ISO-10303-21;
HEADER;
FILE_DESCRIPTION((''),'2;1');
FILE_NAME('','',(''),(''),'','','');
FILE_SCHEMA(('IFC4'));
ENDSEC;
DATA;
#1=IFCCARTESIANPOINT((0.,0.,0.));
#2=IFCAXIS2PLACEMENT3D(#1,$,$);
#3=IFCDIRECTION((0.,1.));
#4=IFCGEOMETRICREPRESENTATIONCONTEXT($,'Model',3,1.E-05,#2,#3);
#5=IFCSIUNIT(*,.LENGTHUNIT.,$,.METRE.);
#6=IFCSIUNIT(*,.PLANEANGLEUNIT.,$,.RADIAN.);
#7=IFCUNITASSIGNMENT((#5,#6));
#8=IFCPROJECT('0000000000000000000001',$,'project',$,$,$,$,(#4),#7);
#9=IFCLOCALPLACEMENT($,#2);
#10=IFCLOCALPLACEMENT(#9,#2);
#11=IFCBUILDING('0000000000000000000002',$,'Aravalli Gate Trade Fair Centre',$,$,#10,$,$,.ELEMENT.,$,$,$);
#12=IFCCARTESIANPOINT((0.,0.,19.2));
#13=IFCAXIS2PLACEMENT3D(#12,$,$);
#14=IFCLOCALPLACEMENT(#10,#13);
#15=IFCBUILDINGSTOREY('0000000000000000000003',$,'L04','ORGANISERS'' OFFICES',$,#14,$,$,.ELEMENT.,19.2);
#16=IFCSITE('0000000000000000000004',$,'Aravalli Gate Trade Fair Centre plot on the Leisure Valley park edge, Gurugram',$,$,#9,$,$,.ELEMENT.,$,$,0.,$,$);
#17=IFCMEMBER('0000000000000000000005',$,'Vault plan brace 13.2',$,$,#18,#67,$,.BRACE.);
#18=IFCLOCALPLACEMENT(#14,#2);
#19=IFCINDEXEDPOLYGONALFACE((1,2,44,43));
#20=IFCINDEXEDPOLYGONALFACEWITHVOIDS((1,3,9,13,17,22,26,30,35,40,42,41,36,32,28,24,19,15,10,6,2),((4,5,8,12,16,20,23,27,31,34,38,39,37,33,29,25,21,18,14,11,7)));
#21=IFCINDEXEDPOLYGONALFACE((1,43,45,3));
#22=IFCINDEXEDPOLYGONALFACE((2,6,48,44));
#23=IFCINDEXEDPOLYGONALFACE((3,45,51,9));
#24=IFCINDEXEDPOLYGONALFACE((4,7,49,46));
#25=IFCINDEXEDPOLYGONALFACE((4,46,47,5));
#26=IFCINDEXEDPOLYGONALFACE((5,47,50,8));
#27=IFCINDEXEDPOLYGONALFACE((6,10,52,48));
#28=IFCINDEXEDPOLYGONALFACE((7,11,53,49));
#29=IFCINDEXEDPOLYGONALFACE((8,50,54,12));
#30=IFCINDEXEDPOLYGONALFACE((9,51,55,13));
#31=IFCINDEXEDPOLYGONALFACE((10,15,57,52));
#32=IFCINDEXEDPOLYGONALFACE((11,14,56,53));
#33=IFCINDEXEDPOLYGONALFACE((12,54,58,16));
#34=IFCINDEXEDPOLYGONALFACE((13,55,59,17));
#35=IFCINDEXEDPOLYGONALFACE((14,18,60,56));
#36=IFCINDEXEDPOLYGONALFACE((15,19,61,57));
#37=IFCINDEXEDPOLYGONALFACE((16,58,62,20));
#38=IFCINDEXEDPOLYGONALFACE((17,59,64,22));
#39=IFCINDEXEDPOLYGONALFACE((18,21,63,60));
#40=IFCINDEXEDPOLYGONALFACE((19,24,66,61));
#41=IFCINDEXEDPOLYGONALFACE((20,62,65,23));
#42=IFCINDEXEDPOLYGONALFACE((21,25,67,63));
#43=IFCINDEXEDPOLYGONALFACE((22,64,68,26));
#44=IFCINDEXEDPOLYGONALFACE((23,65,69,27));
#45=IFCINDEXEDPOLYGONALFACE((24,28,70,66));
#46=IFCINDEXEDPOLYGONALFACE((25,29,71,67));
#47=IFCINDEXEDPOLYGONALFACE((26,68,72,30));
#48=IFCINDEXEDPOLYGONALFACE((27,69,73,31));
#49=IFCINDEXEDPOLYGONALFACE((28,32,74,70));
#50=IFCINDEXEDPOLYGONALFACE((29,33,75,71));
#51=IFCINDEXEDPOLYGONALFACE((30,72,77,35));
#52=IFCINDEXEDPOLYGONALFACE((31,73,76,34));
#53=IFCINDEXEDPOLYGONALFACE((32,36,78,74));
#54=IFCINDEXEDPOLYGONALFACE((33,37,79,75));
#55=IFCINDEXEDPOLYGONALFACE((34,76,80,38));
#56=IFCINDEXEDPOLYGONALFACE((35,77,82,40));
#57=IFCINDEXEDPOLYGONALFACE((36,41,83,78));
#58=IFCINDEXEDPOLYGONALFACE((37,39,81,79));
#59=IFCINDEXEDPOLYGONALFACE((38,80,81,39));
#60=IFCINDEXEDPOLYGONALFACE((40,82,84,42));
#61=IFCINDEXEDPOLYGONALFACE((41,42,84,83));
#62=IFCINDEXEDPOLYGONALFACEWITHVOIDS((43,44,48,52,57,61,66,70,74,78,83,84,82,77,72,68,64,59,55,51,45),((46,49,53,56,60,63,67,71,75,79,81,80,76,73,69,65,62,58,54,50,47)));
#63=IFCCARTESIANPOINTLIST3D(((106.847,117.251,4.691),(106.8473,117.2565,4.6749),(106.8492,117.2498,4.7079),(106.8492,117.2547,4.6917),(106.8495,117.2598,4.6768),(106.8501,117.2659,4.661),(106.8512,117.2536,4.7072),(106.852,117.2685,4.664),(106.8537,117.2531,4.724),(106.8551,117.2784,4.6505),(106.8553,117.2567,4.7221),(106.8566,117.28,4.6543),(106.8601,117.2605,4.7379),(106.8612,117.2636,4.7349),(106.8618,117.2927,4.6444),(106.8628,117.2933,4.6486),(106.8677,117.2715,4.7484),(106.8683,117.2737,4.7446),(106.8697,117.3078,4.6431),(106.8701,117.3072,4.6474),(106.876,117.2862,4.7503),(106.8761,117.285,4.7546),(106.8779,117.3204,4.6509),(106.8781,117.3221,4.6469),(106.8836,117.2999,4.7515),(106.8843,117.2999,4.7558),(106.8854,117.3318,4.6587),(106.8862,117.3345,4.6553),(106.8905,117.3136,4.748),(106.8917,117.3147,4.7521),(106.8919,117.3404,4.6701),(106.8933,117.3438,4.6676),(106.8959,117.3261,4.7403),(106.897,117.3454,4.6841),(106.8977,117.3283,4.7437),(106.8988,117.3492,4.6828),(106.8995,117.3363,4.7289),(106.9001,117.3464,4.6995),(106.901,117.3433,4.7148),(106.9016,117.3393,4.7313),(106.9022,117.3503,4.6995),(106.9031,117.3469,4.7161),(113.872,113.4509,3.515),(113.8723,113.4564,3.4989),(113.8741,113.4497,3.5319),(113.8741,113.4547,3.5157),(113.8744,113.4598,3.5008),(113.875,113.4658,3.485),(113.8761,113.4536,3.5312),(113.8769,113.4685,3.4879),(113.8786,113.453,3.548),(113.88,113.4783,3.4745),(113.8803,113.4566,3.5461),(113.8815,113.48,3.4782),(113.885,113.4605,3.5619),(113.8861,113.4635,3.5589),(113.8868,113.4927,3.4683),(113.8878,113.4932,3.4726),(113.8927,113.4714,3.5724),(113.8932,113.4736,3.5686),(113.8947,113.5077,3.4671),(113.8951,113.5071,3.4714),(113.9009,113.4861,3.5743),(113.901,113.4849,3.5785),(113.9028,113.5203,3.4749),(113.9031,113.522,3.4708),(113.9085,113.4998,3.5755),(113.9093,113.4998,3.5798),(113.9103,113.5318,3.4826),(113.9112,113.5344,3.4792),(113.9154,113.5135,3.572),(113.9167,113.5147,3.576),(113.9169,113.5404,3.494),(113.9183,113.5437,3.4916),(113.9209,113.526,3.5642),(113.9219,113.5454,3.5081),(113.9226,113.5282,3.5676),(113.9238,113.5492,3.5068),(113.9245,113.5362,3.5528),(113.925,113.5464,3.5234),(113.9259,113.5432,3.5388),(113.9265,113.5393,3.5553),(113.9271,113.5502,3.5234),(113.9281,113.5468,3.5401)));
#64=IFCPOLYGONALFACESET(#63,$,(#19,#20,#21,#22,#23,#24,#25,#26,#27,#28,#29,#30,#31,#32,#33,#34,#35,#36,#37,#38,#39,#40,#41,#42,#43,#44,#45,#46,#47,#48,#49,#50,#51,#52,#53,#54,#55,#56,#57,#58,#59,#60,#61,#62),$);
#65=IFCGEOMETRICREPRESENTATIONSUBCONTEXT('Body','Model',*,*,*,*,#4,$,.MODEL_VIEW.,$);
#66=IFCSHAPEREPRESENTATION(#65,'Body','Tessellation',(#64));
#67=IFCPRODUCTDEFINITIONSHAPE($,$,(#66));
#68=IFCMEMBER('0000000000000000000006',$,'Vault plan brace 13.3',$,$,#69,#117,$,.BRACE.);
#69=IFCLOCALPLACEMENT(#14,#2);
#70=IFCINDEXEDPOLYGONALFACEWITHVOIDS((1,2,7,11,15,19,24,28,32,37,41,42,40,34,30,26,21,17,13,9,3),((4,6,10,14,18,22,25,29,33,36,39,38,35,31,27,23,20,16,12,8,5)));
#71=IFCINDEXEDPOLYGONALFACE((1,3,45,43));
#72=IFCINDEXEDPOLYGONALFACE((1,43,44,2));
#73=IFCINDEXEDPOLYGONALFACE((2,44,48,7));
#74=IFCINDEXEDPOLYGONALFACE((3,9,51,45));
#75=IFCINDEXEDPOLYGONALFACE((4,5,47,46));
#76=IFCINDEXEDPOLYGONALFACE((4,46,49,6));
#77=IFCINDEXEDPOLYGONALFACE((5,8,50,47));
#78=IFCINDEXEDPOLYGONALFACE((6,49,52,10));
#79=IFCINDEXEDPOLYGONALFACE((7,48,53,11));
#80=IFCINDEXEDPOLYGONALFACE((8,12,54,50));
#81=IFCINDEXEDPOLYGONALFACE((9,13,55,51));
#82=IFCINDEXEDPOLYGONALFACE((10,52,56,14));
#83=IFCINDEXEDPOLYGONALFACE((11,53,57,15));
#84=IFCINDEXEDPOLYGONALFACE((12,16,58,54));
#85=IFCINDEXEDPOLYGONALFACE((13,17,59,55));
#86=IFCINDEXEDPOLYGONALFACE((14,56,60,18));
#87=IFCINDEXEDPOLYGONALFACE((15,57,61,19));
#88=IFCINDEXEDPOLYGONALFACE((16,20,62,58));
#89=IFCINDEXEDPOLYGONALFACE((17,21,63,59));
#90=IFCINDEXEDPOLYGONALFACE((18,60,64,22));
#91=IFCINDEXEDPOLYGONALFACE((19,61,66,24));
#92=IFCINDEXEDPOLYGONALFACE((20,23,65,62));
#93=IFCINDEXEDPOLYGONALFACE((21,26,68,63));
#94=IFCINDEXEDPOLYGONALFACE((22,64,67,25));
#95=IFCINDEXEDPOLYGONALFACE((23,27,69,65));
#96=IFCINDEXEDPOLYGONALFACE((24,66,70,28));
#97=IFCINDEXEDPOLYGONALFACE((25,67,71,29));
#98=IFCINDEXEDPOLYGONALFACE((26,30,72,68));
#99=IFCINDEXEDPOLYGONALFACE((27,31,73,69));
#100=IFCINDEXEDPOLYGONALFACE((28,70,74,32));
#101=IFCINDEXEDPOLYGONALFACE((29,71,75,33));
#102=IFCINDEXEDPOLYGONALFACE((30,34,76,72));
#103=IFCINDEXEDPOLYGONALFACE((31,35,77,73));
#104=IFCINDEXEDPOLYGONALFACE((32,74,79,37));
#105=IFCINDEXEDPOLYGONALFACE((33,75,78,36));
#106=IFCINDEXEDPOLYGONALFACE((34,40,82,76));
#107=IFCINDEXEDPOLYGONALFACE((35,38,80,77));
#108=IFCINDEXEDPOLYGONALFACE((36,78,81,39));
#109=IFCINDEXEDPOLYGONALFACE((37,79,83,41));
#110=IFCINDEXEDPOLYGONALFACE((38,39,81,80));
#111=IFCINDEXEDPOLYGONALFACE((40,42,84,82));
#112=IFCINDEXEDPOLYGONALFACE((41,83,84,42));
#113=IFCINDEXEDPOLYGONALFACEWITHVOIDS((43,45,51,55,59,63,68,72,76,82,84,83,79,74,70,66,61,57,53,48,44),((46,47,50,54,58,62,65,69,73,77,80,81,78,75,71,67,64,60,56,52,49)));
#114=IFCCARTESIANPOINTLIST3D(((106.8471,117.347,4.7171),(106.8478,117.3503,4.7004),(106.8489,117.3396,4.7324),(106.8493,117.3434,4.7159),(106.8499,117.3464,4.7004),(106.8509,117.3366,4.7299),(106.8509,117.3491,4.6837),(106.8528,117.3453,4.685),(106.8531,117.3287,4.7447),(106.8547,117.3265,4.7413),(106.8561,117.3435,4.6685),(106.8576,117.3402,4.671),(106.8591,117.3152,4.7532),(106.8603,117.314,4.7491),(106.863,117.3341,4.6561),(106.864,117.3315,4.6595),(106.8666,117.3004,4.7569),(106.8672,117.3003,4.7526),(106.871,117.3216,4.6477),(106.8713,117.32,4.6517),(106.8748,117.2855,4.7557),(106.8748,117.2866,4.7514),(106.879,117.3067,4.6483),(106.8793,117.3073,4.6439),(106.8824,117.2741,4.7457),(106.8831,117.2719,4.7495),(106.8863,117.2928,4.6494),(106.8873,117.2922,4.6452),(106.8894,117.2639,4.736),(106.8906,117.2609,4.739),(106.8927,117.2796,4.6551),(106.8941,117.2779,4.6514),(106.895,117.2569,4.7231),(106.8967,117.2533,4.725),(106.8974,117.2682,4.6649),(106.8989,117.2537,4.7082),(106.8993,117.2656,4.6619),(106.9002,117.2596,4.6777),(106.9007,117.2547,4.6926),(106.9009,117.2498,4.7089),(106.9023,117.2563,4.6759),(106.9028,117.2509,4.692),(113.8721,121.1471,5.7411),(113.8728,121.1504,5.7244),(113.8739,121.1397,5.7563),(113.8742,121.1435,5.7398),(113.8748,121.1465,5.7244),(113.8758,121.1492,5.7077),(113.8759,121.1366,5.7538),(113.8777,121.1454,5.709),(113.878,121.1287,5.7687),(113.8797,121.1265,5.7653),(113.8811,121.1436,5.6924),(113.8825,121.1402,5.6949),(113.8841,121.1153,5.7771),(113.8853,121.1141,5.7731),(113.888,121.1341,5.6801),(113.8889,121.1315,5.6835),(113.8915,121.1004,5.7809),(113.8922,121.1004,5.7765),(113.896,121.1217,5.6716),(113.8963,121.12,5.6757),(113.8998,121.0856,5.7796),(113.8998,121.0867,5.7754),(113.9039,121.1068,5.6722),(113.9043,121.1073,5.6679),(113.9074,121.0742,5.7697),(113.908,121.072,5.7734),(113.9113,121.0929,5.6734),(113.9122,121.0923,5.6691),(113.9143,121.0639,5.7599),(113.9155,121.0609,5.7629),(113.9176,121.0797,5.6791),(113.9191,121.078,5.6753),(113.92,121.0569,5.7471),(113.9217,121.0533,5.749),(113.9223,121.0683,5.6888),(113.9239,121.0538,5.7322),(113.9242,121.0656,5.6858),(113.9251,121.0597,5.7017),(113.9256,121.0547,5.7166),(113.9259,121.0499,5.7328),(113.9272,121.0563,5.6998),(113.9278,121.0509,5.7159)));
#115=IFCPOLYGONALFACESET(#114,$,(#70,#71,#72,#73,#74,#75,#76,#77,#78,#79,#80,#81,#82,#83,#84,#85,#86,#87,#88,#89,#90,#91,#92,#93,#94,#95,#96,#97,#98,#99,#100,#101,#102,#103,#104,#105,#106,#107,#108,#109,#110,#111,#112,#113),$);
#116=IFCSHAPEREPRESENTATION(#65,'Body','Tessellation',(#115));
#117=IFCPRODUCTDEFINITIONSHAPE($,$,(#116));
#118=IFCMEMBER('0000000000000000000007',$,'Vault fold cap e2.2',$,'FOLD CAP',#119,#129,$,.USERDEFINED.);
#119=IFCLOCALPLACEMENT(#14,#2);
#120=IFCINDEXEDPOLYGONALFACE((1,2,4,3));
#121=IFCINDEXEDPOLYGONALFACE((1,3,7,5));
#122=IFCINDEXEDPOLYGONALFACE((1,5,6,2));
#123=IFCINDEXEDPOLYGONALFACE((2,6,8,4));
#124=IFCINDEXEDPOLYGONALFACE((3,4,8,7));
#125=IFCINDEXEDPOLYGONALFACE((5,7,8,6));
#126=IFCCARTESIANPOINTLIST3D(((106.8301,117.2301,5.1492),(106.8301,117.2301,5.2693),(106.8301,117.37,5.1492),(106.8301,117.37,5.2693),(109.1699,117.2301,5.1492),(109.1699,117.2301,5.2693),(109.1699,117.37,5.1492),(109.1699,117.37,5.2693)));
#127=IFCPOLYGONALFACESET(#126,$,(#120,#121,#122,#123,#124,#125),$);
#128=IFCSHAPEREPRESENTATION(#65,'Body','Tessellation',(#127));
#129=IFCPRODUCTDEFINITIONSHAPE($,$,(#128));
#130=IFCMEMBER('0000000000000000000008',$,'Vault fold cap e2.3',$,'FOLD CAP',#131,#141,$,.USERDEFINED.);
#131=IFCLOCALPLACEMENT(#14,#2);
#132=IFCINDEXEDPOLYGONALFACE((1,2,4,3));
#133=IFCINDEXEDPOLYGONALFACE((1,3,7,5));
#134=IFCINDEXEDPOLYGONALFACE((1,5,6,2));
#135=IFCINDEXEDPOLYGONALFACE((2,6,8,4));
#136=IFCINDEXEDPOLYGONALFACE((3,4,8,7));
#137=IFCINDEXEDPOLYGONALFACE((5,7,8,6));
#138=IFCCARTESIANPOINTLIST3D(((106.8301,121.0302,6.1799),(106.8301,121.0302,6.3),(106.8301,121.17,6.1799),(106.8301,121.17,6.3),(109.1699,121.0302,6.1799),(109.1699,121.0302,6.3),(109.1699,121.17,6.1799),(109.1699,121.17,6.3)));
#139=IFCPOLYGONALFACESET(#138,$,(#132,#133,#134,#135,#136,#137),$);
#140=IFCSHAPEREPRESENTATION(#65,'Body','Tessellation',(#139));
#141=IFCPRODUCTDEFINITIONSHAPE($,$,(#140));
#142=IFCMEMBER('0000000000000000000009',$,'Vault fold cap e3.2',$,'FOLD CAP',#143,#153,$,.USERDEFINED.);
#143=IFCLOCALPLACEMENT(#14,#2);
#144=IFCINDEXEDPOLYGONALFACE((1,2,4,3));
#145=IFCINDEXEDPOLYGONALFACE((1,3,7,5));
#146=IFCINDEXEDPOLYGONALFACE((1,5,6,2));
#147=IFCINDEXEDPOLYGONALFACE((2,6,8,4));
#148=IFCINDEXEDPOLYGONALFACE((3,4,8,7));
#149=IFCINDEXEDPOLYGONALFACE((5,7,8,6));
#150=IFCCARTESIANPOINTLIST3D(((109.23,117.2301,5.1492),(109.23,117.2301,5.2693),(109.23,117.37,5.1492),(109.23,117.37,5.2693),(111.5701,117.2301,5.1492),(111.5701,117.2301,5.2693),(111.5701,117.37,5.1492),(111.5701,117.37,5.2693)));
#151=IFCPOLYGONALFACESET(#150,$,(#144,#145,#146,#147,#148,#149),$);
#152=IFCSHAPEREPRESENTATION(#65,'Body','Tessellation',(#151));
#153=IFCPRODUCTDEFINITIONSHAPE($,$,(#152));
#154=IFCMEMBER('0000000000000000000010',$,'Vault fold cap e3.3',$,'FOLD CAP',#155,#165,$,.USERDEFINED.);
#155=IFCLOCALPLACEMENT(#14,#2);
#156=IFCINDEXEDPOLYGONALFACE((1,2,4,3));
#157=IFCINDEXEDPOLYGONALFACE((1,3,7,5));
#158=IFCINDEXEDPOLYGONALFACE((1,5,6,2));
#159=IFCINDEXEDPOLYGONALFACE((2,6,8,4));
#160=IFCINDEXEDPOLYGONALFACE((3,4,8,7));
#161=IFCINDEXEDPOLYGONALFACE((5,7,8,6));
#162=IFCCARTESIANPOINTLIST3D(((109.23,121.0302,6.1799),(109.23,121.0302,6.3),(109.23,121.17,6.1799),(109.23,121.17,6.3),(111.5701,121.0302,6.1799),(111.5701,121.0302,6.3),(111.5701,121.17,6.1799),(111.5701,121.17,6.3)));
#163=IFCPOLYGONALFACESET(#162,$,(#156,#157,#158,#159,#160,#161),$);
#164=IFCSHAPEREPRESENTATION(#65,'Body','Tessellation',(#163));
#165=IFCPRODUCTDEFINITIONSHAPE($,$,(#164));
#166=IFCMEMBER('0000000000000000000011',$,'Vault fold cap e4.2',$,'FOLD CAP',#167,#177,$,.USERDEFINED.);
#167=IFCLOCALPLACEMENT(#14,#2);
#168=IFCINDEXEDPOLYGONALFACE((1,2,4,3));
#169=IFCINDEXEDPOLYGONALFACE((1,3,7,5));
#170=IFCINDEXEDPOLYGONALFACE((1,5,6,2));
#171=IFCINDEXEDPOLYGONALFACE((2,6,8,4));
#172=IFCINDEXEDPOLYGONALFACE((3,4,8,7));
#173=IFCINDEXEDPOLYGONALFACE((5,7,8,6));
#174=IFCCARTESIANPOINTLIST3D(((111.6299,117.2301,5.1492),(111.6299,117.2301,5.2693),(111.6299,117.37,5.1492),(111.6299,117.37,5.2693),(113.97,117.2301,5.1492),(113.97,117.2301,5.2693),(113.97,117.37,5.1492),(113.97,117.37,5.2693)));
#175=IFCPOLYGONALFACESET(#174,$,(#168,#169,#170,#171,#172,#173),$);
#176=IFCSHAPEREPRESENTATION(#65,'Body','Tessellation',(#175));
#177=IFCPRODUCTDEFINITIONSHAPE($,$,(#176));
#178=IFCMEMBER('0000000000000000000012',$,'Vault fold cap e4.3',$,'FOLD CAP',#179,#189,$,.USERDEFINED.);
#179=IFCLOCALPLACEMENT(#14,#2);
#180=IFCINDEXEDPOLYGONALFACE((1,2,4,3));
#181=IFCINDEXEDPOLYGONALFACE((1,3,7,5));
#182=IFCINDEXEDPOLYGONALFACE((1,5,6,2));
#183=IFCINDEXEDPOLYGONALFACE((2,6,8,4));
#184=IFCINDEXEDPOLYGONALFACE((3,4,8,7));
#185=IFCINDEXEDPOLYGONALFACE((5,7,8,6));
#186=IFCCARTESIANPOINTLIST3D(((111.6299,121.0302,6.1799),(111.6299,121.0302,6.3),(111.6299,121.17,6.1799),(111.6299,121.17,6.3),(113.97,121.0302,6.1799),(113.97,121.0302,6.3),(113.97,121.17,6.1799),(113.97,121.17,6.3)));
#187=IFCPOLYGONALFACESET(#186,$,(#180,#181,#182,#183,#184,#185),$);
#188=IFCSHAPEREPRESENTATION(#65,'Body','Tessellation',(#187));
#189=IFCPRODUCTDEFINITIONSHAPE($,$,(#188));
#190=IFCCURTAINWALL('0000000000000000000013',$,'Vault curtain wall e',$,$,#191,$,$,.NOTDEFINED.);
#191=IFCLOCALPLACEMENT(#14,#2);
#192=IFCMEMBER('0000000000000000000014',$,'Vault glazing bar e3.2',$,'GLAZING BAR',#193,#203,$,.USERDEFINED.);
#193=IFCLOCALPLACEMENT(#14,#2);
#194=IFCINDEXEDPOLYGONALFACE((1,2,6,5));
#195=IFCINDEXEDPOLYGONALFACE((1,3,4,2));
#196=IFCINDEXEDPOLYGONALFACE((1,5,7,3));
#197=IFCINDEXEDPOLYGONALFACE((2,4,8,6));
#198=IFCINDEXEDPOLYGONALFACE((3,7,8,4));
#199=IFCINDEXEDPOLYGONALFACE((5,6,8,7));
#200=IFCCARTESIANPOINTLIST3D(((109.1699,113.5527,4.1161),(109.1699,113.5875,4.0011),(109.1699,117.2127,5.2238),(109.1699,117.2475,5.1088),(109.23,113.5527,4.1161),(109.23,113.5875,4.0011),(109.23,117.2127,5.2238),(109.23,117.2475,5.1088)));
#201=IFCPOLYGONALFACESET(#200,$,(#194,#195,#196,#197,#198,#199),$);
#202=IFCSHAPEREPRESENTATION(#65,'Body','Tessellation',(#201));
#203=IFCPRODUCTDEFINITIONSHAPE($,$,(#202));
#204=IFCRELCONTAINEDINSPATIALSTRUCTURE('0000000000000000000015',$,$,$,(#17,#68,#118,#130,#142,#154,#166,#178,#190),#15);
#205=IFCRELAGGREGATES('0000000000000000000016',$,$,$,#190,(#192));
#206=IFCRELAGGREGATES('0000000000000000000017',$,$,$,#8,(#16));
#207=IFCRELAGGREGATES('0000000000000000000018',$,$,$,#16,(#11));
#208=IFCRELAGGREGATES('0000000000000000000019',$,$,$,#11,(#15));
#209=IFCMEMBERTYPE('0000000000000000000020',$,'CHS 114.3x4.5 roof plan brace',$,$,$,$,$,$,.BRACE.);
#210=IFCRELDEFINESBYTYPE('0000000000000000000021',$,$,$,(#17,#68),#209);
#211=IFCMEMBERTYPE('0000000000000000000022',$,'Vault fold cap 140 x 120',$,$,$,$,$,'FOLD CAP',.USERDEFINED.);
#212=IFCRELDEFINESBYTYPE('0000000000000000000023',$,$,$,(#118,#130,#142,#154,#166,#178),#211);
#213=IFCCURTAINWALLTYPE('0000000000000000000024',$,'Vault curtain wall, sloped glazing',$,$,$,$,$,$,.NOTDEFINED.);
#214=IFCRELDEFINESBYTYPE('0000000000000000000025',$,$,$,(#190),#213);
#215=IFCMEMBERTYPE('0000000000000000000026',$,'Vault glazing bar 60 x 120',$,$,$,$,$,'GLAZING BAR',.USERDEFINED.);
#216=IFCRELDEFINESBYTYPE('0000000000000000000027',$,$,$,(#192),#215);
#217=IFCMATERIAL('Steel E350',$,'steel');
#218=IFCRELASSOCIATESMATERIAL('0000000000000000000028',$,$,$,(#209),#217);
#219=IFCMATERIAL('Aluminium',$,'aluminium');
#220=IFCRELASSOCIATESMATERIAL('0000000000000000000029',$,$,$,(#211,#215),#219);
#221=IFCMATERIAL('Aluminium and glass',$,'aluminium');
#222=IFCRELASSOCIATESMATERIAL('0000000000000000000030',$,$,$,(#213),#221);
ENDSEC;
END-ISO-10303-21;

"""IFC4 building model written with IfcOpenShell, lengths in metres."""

from ifc_helpers import new_model, si_unit, direction, frame, origin, origin_2d, place, context, subcontext, project, spatial, rectangle, hollow_circle, extrude, material, material_profile, profile_set, type_object, element, aggregate, save


model = new_model("IFC4")

# Units and contexts
model_context = context("Model", 3, precision=1e-05, world=origin(), true_north=direction((0.0, 1.0)))
body_context = subcontext(model_context, "Body", "Model", "MODEL_VIEW")
ifc_project = project(units=[si_unit("LENGTHUNIT", "METRE"), si_unit("PLANEANGLEUNIT", "RADIAN")], contexts=[model_context])

# Site, building, storey
site_placement = place(None, origin())
site = spatial("IfcSite", under=ifc_project, at=site_placement, Name="Aravalli Gate Trade Fair Centre plot on the Leisure Valley park edge, Gurugram", CompositionType="ELEMENT", RefElevation=0.0)
building_placement = place(site_placement, origin())
building = spatial("IfcBuilding", under=site, at=building_placement, Name="Aravalli Gate Trade Fair Centre", CompositionType="ELEMENT")
storey_placement = place(building_placement, frame((0.0, 0.0, 19.2)))
storey = spatial("IfcBuildingStorey", under=building, at=storey_placement, Name="L04", Description="ORGANISERS' OFFICES", CompositionType="ELEMENT", Elevation=19.2)

# Members
ifc_material_1 = material(Name="Steel E350", Category="steel")
ifc_material_profile_1 = material_profile(ifc_material_1, hollow_circle(Radius=0.0571, WallThickness=0.0044, at=origin_2d()), Name="CHS 114.3x4.5")
ifc_profile_set_1 = profile_set([ifc_material_profile_1], Name="Steel E350")
member_type_1 = type_object("IfcMemberType", Name="CHS 114.3x4.5 roof plan brace", PredefinedType="BRACE", material=ifc_profile_set_1)
member_1_placement = place(storey_placement, frame((106.875, 117.3, 4.6995), z_axis=(0.870177, -0.470713, -0.145675), x_axis=(0.475789, 0.87956, 0.0)))
element("IfcMember", 1, at=member_1_placement, inside=storey, type_object=member_type_1, Name="Vault plan brace 13.2", PredefinedType="BRACE", context=body_context, shape_type="SweptSolid", body=[
    extrude(hollow_circle(Radius=0.0571, WallThickness=0.0044, at=origin_2d()), origin(), (0.0, 0.0, 1.0), 8.073),
])
member_2_placement = place(storey_placement, frame((106.875, 117.3, 4.7004), z_axis=(0.872419, 0.471926, 0.127161), x_axis=(-0.475789, 0.87956, 0.0)))
element("IfcMember", 2, at=member_2_placement, inside=storey, type_object=member_type_1, Name="Vault plan brace 13.3", PredefinedType="BRACE", context=body_context, shape_type="SweptSolid", body=[
    extrude(hollow_circle(Radius=0.0571, WallThickness=0.0044, at=origin_2d()), origin(), (0.0, 0.0, 1.0), 8.0522),
])
ifc_material_2 = material(Name="Aluminium", Category="aluminium")
ifc_material_profile_2 = material_profile(ifc_material_2, rectangle(XDim=0.1399, YDim=0.1201, at=origin_2d()), Name="Vault fold cap 140 x 120")
ifc_profile_set_2 = profile_set([ifc_material_profile_2], Name="Aluminium")
member_type_2 = type_object("IfcMemberType", Name="Vault fold cap 140 x 120", ElementType="FOLD CAP", PredefinedType="USERDEFINED", material=ifc_profile_set_2)
for number, where, z_axis, x_axis, name in (
    (3, (106.8301, 117.3, 5.2092), (1.0, 0.0, 0.0), (0.0, 1.0, 0.0), "Vault fold cap e2.2"),
    (4, (106.8301, 121.1001, 6.24), (1.0, 0.0, 0.0), (0.0, 1.0, 0.0), "Vault fold cap e2.3"),
):
    element("IfcMember", number, at=place(storey_placement, frame(where, z_axis=z_axis, x_axis=x_axis)), inside=storey, type_object=member_type_2, Name=name, ObjectType="FOLD CAP", PredefinedType="USERDEFINED", context=body_context, shape_type="SweptSolid", body=[
        extrude(rectangle(XDim=0.1399, YDim=0.1201, at=origin_2d()), origin(), (0.0, 0.0, 1.0), 2.3398),
    ])
for number, where, z_axis, x_axis, name in (
    (5, (109.23, 117.3, 5.2092), (1.0, 0.0, 0.0), (0.0, 1.0, 0.0), "Vault fold cap e3.2"),
    (6, (109.23, 121.1001, 6.24), (1.0, 0.0, 0.0), (0.0, 1.0, 0.0), "Vault fold cap e3.3"),
    (7, (111.6299, 117.3, 5.2092), (1.0, 0.0, 0.0), (0.0, 1.0, 0.0), "Vault fold cap e4.2"),
    (8, (111.6299, 121.1001, 6.24), (1.0, 0.0, 0.0), (0.0, 1.0, 0.0), "Vault fold cap e4.3"),
):
    element("IfcMember", number, at=place(storey_placement, frame(where, z_axis=z_axis, x_axis=x_axis)), inside=storey, type_object=member_type_2, Name=name, ObjectType="FOLD CAP", PredefinedType="USERDEFINED", context=body_context, shape_type="SweptSolid", body=[
        extrude(rectangle(XDim=0.1399, YDim=0.1201, at=origin_2d()), origin(), (0.0, 0.0, 1.0), 2.3401),
    ])

# Curtain wall, member
ifc_material_3 = material(Name="Aluminium and glass", Category="aluminium")
curtain_wall_type = type_object("IfcCurtainWallType", Name="Vault curtain wall, sloped glazing", PredefinedType="NOTDEFINED", material=ifc_material_3)
curtain_wall_placement = place(storey_placement, origin())
curtain_wall = element("IfcCurtainWall", 9, at=curtain_wall_placement, inside=storey, type_object=curtain_wall_type, Name="Vault curtain wall e", PredefinedType="NOTDEFINED")
ifc_material_profile_3 = material_profile(ifc_material_2, rectangle(XDim=0.0601, YDim=0.1201, at=origin_2d()), Name="Vault glazing bar 60 x 120")
ifc_profile_set_3 = profile_set([ifc_material_profile_3], Name="Aluminium")
member_type_3 = type_object("IfcMemberType", Name="Vault glazing bar 60 x 120", ElementType="GLAZING BAR", PredefinedType="USERDEFINED", material=ifc_profile_set_3)
member_3_placement = place(storey_placement, frame((109.2, 113.5701, 4.0586), z_axis=(0.0, 0.957126, 0.289672), x_axis=(-1.0, 0.0, 0.0)))
member_3 = element("IfcMember", 10, at=member_3_placement, type_object=member_type_3, Name="Vault glazing bar e3.2", ObjectType="GLAZING BAR", PredefinedType="USERDEFINED", context=body_context, shape_type="SweptSolid", body=[
    extrude(rectangle(XDim=0.0601, YDim=0.1201, at=origin_2d()), origin(), (0.0, 0.0, 1.0), 3.824),
])
aggregate(curtain_wall, [member_3])

save(model, "model.ifc")
